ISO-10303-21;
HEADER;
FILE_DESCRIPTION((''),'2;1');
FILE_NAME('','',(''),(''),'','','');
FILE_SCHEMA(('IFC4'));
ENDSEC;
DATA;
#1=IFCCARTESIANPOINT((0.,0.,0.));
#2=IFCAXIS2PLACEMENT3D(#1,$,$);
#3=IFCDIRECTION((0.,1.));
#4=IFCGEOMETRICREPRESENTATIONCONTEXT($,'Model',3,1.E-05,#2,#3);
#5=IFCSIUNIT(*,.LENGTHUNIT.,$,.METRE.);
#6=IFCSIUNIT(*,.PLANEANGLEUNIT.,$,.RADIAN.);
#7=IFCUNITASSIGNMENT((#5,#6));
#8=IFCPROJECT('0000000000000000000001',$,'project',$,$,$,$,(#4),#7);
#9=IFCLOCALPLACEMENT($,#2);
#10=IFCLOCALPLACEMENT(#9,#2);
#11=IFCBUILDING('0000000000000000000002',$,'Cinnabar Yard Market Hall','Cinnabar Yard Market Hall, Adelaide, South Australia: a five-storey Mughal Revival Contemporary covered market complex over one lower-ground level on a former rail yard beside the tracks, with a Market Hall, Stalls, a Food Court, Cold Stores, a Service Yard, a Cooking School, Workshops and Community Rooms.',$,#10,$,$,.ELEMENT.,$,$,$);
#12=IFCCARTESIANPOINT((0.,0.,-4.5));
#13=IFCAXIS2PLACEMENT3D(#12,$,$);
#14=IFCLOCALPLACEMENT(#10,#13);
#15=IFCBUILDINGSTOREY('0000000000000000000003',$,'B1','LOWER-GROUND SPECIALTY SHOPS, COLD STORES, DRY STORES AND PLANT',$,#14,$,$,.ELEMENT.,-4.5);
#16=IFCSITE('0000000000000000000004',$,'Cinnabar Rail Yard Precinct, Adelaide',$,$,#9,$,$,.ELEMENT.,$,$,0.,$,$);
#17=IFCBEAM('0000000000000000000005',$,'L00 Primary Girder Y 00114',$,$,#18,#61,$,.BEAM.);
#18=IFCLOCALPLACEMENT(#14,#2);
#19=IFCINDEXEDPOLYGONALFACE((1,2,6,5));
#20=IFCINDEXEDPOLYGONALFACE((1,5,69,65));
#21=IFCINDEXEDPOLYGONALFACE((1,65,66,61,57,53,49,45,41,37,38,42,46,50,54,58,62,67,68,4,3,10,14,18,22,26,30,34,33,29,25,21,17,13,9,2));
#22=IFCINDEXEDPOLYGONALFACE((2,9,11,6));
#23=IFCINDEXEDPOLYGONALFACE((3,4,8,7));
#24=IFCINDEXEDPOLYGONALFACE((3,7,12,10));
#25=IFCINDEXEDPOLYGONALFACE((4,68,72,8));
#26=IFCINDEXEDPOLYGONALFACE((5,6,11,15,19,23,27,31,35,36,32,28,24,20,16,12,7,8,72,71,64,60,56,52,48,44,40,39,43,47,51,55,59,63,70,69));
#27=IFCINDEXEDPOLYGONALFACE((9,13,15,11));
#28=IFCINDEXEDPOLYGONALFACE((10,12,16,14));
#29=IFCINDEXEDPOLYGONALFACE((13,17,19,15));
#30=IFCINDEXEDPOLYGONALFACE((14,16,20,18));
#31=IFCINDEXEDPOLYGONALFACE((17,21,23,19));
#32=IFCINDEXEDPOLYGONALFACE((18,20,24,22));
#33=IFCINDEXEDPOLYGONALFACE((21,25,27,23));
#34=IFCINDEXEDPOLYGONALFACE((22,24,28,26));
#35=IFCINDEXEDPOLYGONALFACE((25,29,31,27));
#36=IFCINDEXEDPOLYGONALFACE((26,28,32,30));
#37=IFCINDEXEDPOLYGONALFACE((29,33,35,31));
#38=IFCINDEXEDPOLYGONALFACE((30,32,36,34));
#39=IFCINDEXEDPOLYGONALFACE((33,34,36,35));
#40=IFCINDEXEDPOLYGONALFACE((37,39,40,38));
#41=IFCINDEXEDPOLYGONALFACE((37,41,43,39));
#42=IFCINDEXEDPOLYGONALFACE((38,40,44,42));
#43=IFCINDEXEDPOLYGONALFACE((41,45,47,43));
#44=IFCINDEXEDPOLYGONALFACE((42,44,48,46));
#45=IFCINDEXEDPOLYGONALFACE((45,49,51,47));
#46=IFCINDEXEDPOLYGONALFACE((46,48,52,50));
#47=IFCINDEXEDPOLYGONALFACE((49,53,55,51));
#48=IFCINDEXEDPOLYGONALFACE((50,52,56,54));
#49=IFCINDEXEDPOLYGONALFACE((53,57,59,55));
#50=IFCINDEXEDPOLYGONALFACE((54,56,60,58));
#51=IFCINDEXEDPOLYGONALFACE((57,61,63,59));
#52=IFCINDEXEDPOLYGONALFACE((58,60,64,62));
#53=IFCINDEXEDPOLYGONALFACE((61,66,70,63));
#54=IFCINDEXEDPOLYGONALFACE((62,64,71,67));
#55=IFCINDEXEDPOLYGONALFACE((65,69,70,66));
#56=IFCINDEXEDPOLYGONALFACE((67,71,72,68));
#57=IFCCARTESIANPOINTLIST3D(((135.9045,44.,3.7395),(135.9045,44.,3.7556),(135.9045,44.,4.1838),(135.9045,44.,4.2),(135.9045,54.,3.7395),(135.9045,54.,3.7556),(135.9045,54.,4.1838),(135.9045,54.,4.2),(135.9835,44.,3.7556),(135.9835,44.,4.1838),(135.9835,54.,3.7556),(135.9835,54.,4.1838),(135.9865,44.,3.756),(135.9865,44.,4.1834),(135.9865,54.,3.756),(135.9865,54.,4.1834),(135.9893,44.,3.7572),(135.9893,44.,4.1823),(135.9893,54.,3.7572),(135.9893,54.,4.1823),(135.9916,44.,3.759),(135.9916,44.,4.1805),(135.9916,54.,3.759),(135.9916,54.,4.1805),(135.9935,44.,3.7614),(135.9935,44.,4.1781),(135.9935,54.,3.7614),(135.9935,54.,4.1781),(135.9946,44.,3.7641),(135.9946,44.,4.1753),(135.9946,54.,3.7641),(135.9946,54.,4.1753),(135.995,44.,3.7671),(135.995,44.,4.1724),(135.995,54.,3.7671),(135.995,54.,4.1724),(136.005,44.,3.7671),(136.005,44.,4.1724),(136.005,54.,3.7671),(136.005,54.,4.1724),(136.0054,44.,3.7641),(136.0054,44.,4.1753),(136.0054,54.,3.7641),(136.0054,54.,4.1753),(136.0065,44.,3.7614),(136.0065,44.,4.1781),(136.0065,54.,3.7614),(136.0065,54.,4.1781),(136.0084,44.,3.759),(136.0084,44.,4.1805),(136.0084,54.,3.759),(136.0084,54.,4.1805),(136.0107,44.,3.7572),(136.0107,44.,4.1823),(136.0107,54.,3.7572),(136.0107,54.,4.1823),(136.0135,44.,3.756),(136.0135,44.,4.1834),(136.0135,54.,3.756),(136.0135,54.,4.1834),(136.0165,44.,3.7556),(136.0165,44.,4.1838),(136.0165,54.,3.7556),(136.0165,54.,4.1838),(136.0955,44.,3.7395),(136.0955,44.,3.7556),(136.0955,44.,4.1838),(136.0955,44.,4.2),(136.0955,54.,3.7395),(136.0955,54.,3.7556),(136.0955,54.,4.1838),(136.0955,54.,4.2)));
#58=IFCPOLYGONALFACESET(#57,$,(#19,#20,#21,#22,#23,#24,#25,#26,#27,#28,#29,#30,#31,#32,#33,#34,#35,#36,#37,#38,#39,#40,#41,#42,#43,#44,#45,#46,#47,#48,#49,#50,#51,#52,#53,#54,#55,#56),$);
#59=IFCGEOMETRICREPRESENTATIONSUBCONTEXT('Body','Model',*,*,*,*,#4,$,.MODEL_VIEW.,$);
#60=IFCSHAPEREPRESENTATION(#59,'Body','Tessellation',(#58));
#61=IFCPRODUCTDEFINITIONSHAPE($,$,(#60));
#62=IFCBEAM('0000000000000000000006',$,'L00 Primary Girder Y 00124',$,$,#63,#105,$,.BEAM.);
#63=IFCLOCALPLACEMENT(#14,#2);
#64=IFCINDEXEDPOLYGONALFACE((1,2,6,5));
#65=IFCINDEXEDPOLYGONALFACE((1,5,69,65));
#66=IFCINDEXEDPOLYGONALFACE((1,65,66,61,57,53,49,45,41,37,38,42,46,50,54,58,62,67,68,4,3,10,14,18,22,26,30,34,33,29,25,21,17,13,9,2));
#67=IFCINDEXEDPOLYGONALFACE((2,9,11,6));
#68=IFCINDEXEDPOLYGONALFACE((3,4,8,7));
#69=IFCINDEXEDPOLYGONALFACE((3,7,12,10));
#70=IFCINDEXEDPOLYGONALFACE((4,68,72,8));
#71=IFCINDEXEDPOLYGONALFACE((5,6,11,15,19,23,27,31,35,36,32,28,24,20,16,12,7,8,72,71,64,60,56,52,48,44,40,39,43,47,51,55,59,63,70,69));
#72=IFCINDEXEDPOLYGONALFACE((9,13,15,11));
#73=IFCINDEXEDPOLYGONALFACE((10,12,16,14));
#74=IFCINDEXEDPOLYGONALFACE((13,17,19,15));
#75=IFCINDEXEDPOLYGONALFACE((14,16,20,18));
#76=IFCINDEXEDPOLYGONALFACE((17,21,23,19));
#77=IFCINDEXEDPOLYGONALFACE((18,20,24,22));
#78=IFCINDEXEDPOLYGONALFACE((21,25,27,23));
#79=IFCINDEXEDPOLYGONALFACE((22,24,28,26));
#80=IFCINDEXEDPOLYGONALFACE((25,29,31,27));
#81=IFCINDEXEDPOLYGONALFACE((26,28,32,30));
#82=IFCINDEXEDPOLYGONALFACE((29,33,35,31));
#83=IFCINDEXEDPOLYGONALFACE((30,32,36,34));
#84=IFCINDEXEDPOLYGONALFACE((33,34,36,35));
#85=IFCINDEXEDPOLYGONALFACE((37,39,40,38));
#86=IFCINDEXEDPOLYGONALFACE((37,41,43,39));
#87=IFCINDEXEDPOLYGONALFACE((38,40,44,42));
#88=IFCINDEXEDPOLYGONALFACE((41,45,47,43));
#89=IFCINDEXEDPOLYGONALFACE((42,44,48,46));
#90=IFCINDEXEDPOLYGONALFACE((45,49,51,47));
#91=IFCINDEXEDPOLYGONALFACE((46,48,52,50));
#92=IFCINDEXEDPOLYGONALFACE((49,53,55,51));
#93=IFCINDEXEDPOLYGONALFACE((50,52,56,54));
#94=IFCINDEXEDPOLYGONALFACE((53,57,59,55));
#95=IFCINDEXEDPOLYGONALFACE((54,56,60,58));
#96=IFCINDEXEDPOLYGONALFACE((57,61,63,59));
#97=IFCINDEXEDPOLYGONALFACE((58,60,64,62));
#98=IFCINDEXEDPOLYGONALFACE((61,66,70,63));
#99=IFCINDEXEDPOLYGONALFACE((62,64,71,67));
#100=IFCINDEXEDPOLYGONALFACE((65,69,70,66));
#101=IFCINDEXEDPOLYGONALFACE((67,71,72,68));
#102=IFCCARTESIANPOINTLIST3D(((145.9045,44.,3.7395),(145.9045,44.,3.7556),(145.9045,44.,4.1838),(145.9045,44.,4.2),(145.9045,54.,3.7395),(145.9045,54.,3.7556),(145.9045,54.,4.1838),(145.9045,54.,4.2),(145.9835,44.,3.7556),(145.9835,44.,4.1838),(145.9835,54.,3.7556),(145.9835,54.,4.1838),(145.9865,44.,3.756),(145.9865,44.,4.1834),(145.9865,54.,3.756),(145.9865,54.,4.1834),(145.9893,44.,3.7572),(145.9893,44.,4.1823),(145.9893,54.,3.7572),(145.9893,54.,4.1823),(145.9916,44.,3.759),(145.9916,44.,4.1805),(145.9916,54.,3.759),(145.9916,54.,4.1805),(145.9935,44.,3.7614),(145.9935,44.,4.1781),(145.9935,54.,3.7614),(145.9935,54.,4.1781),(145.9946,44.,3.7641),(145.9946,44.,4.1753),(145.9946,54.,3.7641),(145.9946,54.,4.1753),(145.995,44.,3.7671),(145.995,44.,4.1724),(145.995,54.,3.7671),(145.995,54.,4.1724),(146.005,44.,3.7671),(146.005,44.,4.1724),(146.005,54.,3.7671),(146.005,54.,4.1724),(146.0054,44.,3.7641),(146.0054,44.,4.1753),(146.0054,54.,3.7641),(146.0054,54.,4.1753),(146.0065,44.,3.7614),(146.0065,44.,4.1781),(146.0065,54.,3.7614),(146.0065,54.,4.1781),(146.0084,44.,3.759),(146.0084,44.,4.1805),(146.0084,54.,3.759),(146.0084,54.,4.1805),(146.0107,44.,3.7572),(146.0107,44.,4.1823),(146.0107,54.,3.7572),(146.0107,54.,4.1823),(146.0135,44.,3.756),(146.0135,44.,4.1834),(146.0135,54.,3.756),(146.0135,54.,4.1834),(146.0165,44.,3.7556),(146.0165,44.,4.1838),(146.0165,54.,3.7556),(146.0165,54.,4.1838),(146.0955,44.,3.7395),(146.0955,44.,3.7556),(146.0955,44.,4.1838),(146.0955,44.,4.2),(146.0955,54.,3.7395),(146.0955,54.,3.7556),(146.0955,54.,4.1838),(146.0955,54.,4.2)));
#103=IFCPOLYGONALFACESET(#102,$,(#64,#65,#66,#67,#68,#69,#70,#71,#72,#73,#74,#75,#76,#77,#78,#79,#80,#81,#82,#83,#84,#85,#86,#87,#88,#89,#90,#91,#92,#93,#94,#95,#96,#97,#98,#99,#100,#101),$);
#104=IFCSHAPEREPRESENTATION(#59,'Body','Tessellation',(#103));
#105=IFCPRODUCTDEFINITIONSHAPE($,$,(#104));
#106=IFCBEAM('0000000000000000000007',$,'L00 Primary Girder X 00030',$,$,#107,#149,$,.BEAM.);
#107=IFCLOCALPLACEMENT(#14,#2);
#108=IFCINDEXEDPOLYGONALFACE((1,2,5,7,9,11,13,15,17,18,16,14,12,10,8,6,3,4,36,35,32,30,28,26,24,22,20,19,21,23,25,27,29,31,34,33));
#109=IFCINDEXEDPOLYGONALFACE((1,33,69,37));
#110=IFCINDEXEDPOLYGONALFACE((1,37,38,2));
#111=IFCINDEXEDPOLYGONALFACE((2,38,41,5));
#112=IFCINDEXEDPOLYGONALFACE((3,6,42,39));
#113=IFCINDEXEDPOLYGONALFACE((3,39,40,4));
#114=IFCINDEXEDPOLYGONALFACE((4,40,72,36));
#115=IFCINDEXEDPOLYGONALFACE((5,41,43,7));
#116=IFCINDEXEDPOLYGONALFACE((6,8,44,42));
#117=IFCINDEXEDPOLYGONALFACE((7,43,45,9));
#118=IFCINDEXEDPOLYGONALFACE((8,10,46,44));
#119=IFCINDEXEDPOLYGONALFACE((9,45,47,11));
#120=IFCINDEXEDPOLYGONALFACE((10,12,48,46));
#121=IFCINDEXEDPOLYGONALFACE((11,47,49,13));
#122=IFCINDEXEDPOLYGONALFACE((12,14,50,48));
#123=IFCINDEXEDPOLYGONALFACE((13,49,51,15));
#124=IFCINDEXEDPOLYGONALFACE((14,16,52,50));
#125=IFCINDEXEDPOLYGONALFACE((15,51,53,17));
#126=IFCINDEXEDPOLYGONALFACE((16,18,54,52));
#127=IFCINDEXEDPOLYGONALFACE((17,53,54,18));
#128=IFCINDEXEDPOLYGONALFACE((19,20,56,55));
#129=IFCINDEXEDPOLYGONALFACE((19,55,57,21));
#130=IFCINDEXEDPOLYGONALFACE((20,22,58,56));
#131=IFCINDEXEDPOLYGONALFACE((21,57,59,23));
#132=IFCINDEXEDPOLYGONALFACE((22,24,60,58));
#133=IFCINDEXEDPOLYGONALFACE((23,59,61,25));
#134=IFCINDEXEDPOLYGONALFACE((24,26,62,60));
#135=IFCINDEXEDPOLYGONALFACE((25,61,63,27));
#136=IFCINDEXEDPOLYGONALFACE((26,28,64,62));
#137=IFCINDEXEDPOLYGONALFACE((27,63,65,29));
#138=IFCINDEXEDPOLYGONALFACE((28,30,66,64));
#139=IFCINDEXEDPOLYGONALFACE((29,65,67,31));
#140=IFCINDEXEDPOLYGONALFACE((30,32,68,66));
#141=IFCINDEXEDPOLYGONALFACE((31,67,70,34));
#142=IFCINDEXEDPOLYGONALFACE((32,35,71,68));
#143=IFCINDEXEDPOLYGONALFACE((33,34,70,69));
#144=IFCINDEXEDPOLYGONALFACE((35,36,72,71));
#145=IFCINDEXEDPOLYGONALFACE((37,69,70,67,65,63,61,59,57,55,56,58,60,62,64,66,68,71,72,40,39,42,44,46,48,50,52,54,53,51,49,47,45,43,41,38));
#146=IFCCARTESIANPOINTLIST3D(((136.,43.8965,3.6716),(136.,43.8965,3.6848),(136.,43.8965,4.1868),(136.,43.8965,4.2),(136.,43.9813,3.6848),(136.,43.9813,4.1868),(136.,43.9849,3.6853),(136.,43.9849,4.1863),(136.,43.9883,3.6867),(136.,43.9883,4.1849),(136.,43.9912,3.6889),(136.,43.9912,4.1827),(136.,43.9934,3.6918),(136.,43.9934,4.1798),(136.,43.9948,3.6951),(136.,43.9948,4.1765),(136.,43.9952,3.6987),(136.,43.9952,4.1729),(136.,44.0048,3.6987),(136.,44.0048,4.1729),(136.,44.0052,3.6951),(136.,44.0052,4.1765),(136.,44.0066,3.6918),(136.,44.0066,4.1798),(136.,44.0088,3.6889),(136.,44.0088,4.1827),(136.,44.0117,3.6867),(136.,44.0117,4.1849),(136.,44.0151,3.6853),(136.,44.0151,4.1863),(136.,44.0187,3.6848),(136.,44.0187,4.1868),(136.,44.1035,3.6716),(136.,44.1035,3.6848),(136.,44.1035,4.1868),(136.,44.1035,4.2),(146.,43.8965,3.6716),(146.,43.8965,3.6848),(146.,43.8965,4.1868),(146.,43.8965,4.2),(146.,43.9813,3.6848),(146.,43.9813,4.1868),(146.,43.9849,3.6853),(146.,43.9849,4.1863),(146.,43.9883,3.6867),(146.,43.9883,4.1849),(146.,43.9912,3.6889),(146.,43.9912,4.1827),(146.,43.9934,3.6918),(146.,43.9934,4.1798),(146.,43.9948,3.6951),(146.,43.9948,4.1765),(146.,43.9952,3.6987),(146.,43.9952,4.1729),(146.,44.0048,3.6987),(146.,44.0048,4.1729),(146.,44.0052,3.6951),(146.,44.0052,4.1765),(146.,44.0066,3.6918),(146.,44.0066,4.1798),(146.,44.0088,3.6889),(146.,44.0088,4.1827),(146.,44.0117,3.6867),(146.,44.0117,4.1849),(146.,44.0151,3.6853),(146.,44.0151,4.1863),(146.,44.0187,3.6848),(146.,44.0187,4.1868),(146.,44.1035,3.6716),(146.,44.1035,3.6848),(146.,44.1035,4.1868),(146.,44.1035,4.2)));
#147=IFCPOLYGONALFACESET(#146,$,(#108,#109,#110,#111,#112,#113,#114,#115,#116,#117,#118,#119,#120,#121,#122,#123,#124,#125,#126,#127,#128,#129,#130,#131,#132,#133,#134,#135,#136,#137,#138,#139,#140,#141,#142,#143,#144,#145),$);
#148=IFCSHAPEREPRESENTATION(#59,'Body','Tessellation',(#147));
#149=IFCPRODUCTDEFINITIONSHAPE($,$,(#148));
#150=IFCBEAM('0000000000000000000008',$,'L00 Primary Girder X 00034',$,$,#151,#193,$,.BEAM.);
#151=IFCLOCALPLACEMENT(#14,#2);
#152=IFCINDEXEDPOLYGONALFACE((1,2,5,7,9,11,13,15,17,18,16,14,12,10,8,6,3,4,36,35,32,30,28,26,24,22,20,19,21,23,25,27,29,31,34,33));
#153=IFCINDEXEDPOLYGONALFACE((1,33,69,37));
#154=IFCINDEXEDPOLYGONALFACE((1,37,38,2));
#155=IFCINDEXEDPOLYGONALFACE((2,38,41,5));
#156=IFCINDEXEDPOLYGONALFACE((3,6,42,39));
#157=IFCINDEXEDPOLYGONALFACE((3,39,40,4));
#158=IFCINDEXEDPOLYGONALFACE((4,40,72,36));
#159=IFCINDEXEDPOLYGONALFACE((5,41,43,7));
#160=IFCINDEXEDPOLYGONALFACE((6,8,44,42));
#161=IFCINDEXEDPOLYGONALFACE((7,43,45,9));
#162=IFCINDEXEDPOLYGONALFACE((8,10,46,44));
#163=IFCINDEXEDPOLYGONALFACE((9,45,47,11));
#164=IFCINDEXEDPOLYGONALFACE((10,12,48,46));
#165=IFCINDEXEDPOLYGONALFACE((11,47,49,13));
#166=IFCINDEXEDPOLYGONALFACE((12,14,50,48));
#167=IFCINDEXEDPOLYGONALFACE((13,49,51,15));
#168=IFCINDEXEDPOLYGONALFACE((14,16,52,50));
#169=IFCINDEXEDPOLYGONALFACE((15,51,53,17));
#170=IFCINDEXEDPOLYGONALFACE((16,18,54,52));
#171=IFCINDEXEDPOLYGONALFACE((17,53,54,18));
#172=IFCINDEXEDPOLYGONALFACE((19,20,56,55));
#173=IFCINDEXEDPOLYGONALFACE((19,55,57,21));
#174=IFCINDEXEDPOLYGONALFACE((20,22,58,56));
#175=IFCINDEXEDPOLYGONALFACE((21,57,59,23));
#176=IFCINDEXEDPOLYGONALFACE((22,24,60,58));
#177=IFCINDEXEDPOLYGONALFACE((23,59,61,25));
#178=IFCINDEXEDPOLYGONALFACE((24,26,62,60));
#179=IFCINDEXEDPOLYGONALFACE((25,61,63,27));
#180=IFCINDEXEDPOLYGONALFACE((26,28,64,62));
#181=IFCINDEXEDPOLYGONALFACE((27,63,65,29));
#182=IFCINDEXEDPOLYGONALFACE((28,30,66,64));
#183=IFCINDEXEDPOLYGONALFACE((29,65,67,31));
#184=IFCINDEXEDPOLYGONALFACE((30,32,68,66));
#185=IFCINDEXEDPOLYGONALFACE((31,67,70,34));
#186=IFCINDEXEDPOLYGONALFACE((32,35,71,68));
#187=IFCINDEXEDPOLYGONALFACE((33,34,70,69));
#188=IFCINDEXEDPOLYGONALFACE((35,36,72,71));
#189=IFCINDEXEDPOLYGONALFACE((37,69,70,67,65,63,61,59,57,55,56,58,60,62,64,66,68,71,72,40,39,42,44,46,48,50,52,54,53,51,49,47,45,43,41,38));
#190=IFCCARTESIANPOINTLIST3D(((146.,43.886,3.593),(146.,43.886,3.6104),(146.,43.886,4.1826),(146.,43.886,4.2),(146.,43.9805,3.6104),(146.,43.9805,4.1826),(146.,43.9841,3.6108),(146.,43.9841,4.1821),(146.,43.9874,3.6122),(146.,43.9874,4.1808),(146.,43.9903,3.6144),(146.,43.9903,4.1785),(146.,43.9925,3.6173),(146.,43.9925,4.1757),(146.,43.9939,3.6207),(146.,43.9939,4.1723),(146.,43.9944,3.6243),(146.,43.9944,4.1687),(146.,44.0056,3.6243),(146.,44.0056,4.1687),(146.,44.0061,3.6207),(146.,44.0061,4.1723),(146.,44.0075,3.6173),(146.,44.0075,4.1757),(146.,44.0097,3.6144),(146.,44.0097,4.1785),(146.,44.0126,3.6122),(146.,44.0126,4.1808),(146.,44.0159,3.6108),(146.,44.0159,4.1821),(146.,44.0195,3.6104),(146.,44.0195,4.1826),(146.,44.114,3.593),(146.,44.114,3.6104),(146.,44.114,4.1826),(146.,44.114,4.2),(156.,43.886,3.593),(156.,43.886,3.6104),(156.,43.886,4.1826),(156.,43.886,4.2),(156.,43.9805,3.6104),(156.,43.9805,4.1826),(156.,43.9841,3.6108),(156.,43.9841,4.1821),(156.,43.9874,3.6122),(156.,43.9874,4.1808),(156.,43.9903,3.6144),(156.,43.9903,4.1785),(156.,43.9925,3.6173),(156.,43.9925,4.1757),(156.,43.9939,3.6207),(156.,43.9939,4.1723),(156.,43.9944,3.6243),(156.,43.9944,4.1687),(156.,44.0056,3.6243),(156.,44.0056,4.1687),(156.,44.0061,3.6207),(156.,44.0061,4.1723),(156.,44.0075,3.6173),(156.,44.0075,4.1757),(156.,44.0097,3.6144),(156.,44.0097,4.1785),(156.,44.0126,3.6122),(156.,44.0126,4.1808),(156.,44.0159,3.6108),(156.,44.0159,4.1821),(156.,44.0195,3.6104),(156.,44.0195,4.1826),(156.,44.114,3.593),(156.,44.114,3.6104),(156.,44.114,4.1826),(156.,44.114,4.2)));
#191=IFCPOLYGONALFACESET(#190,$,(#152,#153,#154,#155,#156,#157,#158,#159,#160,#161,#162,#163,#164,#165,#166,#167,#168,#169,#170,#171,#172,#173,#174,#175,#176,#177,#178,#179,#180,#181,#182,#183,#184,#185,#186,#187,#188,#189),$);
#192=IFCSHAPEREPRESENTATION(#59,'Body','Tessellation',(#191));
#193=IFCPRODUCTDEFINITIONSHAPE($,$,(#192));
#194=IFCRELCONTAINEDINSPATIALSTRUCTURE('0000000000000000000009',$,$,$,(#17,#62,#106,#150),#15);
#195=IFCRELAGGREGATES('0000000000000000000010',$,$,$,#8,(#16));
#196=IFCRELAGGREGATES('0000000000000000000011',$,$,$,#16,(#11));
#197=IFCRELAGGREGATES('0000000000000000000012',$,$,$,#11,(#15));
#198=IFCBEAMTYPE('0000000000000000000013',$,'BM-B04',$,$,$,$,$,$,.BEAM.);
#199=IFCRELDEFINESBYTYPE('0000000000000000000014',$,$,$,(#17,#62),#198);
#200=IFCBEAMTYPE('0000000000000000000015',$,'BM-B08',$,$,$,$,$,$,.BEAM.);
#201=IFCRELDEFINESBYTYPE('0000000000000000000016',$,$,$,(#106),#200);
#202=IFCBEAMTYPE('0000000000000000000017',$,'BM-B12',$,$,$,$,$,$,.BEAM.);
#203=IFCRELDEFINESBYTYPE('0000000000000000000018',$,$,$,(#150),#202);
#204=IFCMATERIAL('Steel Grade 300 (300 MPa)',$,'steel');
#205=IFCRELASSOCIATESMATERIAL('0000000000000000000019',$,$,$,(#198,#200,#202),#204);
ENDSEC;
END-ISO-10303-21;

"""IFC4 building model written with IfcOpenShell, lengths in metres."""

from ifc_helpers import new_model, si_unit, direction, frame, origin, origin_2d_with_axis, place, context, subcontext, project, spatial, i_section, extrude, material, material_profile, profile_set, type_object, element, save


model = new_model("IFC4")

# Units and contexts
model_context = context("Model", 3, precision=1e-05, world=origin(), true_north=direction((0.0, 1.0)))
body_context = subcontext(model_context, "Body", "Model", "MODEL_VIEW")
ifc_project = project(units=[si_unit("LENGTHUNIT", "METRE"), si_unit("PLANEANGLEUNIT", "RADIAN")], contexts=[model_context])

# Site, building, storey
site_placement = place(None, origin())
site = spatial("IfcSite", under=ifc_project, at=site_placement, Name="Cinnabar Rail Yard Precinct, Adelaide", CompositionType="ELEMENT", RefElevation=0.0)
building_placement = place(site_placement, origin())
building = spatial("IfcBuilding", under=site, at=building_placement, Name="Cinnabar Yard Market Hall", Description="Cinnabar Yard Market Hall, Adelaide, South Australia: a five-storey Mughal Revival Contemporary covered market complex over one lower-ground level on a former rail yard beside the tracks, with a Market Hall, Stalls, a Food Court, Cold Stores, a Service Yard, a Cooking School, Workshops and Community Rooms.", CompositionType="ELEMENT")
storey_placement = place(building_placement, frame((0.0, 0.0, -4.5)))
storey = spatial("IfcBuildingStorey", under=building, at=storey_placement, Name="B1", Description="LOWER-GROUND SPECIALTY SHOPS, COLD STORES, DRY STORES AND PLANT", CompositionType="ELEMENT", Elevation=-4.5)

# Beams
ifc_material_1 = material(Name="Steel Grade 300 (300 MPa)", Category="steel")
ifc_material_profile_1 = material_profile(ifc_material_1, i_section(OverallWidth=0.1909, OverallDepth=0.4604, WebThickness=0.01, FlangeThickness=0.0161, FilletRadius=0.0115, at=origin_2d_with_axis()), Name="460UB82.1")
ifc_profile_set_1 = profile_set([ifc_material_profile_1], Name="Steel Grade 300 (300 MPa)")
beam_type_1 = type_object("IfcBeamType", Name="BM-B04", PredefinedType="BEAM", material=ifc_profile_set_1)
for number, where, z_axis, x_axis, name in (
    (1, (136.0, 44.0, 3.9697), (0.0, 1.0, 0.0), (-1.0, 0.0, 0.0), "L00 Primary Girder Y 00114"),
    (2, (146.0, 44.0, 3.9697), (0.0, 1.0, 0.0), (-1.0, 0.0, 0.0), "L00 Primary Girder Y 00124"),
):
    element("IfcBeam", number, at=place(storey_placement, frame(where, z_axis=z_axis, x_axis=x_axis)), inside=storey, type_object=beam_type_1, Name=name, PredefinedType="BEAM", context=body_context, shape_type="SweptSolid", body=[
        extrude(i_section(OverallWidth=0.1909, OverallDepth=0.4604, WebThickness=0.01, FlangeThickness=0.0161, FilletRadius=0.0115, at=origin_2d_with_axis()), origin(), (0.0, 0.0, 1.0), 10.0),
    ])
ifc_material_profile_2 = material_profile(ifc_material_1, i_section(OverallWidth=0.207, OverallDepth=0.5283, WebThickness=0.0095, FlangeThickness=0.0132, FilletRadius=0.0139, at=origin_2d_with_axis()), Name="530UB82.0")
ifc_profile_set_2 = profile_set([ifc_material_profile_2], Name="Steel Grade 300 (300 MPa)")
beam_type_2 = type_object("IfcBeamType", Name="BM-B08", PredefinedType="BEAM", material=ifc_profile_set_2)
beam_1_placement = place(storey_placement, frame((136.0, 44.0, 3.9358), z_axis=(1.0, 0.0, 0.0), x_axis=(0.0, 1.0, 0.0)))
element("IfcBeam", 3, at=beam_1_placement, inside=storey, type_object=beam_type_2, Name="L00 Primary Girder X 00030", PredefinedType="BEAM", context=body_context, shape_type="SweptSolid", body=[
    extrude(i_section(OverallWidth=0.207, OverallDepth=0.5283, WebThickness=0.0095, FlangeThickness=0.0132, FilletRadius=0.0139, at=origin_2d_with_axis()), origin(), (0.0, 0.0, 1.0), 10.0),
])
ifc_material_profile_3 = material_profile(ifc_material_1, i_section(OverallWidth=0.228, OverallDepth=0.6069, WebThickness=0.0112, FlangeThickness=0.0173, FilletRadius=0.0139, at=origin_2d_with_axis()), Name="610UB113")
ifc_profile_set_3 = profile_set([ifc_material_profile_3], Name="Steel Grade 300 (300 MPa)")
beam_type_3 = type_object("IfcBeamType", Name="BM-B12", PredefinedType="BEAM", material=ifc_profile_set_3)
beam_2_placement = place(storey_placement, frame((146.0, 44.0, 3.8965), z_axis=(1.0, 0.0, 0.0), x_axis=(0.0, 1.0, 0.0)))
element("IfcBeam", 4, at=beam_2_placement, inside=storey, type_object=beam_type_3, Name="L00 Primary Girder X 00034", PredefinedType="BEAM", context=body_context, shape_type="SweptSolid", body=[
    extrude(i_section(OverallWidth=0.228, OverallDepth=0.6069, WebThickness=0.0112, FlangeThickness=0.0173, FilletRadius=0.0139, at=origin_2d_with_axis()), origin(), (0.0, 0.0, 1.0), 10.0),
])

save(model, "model.ifc")
